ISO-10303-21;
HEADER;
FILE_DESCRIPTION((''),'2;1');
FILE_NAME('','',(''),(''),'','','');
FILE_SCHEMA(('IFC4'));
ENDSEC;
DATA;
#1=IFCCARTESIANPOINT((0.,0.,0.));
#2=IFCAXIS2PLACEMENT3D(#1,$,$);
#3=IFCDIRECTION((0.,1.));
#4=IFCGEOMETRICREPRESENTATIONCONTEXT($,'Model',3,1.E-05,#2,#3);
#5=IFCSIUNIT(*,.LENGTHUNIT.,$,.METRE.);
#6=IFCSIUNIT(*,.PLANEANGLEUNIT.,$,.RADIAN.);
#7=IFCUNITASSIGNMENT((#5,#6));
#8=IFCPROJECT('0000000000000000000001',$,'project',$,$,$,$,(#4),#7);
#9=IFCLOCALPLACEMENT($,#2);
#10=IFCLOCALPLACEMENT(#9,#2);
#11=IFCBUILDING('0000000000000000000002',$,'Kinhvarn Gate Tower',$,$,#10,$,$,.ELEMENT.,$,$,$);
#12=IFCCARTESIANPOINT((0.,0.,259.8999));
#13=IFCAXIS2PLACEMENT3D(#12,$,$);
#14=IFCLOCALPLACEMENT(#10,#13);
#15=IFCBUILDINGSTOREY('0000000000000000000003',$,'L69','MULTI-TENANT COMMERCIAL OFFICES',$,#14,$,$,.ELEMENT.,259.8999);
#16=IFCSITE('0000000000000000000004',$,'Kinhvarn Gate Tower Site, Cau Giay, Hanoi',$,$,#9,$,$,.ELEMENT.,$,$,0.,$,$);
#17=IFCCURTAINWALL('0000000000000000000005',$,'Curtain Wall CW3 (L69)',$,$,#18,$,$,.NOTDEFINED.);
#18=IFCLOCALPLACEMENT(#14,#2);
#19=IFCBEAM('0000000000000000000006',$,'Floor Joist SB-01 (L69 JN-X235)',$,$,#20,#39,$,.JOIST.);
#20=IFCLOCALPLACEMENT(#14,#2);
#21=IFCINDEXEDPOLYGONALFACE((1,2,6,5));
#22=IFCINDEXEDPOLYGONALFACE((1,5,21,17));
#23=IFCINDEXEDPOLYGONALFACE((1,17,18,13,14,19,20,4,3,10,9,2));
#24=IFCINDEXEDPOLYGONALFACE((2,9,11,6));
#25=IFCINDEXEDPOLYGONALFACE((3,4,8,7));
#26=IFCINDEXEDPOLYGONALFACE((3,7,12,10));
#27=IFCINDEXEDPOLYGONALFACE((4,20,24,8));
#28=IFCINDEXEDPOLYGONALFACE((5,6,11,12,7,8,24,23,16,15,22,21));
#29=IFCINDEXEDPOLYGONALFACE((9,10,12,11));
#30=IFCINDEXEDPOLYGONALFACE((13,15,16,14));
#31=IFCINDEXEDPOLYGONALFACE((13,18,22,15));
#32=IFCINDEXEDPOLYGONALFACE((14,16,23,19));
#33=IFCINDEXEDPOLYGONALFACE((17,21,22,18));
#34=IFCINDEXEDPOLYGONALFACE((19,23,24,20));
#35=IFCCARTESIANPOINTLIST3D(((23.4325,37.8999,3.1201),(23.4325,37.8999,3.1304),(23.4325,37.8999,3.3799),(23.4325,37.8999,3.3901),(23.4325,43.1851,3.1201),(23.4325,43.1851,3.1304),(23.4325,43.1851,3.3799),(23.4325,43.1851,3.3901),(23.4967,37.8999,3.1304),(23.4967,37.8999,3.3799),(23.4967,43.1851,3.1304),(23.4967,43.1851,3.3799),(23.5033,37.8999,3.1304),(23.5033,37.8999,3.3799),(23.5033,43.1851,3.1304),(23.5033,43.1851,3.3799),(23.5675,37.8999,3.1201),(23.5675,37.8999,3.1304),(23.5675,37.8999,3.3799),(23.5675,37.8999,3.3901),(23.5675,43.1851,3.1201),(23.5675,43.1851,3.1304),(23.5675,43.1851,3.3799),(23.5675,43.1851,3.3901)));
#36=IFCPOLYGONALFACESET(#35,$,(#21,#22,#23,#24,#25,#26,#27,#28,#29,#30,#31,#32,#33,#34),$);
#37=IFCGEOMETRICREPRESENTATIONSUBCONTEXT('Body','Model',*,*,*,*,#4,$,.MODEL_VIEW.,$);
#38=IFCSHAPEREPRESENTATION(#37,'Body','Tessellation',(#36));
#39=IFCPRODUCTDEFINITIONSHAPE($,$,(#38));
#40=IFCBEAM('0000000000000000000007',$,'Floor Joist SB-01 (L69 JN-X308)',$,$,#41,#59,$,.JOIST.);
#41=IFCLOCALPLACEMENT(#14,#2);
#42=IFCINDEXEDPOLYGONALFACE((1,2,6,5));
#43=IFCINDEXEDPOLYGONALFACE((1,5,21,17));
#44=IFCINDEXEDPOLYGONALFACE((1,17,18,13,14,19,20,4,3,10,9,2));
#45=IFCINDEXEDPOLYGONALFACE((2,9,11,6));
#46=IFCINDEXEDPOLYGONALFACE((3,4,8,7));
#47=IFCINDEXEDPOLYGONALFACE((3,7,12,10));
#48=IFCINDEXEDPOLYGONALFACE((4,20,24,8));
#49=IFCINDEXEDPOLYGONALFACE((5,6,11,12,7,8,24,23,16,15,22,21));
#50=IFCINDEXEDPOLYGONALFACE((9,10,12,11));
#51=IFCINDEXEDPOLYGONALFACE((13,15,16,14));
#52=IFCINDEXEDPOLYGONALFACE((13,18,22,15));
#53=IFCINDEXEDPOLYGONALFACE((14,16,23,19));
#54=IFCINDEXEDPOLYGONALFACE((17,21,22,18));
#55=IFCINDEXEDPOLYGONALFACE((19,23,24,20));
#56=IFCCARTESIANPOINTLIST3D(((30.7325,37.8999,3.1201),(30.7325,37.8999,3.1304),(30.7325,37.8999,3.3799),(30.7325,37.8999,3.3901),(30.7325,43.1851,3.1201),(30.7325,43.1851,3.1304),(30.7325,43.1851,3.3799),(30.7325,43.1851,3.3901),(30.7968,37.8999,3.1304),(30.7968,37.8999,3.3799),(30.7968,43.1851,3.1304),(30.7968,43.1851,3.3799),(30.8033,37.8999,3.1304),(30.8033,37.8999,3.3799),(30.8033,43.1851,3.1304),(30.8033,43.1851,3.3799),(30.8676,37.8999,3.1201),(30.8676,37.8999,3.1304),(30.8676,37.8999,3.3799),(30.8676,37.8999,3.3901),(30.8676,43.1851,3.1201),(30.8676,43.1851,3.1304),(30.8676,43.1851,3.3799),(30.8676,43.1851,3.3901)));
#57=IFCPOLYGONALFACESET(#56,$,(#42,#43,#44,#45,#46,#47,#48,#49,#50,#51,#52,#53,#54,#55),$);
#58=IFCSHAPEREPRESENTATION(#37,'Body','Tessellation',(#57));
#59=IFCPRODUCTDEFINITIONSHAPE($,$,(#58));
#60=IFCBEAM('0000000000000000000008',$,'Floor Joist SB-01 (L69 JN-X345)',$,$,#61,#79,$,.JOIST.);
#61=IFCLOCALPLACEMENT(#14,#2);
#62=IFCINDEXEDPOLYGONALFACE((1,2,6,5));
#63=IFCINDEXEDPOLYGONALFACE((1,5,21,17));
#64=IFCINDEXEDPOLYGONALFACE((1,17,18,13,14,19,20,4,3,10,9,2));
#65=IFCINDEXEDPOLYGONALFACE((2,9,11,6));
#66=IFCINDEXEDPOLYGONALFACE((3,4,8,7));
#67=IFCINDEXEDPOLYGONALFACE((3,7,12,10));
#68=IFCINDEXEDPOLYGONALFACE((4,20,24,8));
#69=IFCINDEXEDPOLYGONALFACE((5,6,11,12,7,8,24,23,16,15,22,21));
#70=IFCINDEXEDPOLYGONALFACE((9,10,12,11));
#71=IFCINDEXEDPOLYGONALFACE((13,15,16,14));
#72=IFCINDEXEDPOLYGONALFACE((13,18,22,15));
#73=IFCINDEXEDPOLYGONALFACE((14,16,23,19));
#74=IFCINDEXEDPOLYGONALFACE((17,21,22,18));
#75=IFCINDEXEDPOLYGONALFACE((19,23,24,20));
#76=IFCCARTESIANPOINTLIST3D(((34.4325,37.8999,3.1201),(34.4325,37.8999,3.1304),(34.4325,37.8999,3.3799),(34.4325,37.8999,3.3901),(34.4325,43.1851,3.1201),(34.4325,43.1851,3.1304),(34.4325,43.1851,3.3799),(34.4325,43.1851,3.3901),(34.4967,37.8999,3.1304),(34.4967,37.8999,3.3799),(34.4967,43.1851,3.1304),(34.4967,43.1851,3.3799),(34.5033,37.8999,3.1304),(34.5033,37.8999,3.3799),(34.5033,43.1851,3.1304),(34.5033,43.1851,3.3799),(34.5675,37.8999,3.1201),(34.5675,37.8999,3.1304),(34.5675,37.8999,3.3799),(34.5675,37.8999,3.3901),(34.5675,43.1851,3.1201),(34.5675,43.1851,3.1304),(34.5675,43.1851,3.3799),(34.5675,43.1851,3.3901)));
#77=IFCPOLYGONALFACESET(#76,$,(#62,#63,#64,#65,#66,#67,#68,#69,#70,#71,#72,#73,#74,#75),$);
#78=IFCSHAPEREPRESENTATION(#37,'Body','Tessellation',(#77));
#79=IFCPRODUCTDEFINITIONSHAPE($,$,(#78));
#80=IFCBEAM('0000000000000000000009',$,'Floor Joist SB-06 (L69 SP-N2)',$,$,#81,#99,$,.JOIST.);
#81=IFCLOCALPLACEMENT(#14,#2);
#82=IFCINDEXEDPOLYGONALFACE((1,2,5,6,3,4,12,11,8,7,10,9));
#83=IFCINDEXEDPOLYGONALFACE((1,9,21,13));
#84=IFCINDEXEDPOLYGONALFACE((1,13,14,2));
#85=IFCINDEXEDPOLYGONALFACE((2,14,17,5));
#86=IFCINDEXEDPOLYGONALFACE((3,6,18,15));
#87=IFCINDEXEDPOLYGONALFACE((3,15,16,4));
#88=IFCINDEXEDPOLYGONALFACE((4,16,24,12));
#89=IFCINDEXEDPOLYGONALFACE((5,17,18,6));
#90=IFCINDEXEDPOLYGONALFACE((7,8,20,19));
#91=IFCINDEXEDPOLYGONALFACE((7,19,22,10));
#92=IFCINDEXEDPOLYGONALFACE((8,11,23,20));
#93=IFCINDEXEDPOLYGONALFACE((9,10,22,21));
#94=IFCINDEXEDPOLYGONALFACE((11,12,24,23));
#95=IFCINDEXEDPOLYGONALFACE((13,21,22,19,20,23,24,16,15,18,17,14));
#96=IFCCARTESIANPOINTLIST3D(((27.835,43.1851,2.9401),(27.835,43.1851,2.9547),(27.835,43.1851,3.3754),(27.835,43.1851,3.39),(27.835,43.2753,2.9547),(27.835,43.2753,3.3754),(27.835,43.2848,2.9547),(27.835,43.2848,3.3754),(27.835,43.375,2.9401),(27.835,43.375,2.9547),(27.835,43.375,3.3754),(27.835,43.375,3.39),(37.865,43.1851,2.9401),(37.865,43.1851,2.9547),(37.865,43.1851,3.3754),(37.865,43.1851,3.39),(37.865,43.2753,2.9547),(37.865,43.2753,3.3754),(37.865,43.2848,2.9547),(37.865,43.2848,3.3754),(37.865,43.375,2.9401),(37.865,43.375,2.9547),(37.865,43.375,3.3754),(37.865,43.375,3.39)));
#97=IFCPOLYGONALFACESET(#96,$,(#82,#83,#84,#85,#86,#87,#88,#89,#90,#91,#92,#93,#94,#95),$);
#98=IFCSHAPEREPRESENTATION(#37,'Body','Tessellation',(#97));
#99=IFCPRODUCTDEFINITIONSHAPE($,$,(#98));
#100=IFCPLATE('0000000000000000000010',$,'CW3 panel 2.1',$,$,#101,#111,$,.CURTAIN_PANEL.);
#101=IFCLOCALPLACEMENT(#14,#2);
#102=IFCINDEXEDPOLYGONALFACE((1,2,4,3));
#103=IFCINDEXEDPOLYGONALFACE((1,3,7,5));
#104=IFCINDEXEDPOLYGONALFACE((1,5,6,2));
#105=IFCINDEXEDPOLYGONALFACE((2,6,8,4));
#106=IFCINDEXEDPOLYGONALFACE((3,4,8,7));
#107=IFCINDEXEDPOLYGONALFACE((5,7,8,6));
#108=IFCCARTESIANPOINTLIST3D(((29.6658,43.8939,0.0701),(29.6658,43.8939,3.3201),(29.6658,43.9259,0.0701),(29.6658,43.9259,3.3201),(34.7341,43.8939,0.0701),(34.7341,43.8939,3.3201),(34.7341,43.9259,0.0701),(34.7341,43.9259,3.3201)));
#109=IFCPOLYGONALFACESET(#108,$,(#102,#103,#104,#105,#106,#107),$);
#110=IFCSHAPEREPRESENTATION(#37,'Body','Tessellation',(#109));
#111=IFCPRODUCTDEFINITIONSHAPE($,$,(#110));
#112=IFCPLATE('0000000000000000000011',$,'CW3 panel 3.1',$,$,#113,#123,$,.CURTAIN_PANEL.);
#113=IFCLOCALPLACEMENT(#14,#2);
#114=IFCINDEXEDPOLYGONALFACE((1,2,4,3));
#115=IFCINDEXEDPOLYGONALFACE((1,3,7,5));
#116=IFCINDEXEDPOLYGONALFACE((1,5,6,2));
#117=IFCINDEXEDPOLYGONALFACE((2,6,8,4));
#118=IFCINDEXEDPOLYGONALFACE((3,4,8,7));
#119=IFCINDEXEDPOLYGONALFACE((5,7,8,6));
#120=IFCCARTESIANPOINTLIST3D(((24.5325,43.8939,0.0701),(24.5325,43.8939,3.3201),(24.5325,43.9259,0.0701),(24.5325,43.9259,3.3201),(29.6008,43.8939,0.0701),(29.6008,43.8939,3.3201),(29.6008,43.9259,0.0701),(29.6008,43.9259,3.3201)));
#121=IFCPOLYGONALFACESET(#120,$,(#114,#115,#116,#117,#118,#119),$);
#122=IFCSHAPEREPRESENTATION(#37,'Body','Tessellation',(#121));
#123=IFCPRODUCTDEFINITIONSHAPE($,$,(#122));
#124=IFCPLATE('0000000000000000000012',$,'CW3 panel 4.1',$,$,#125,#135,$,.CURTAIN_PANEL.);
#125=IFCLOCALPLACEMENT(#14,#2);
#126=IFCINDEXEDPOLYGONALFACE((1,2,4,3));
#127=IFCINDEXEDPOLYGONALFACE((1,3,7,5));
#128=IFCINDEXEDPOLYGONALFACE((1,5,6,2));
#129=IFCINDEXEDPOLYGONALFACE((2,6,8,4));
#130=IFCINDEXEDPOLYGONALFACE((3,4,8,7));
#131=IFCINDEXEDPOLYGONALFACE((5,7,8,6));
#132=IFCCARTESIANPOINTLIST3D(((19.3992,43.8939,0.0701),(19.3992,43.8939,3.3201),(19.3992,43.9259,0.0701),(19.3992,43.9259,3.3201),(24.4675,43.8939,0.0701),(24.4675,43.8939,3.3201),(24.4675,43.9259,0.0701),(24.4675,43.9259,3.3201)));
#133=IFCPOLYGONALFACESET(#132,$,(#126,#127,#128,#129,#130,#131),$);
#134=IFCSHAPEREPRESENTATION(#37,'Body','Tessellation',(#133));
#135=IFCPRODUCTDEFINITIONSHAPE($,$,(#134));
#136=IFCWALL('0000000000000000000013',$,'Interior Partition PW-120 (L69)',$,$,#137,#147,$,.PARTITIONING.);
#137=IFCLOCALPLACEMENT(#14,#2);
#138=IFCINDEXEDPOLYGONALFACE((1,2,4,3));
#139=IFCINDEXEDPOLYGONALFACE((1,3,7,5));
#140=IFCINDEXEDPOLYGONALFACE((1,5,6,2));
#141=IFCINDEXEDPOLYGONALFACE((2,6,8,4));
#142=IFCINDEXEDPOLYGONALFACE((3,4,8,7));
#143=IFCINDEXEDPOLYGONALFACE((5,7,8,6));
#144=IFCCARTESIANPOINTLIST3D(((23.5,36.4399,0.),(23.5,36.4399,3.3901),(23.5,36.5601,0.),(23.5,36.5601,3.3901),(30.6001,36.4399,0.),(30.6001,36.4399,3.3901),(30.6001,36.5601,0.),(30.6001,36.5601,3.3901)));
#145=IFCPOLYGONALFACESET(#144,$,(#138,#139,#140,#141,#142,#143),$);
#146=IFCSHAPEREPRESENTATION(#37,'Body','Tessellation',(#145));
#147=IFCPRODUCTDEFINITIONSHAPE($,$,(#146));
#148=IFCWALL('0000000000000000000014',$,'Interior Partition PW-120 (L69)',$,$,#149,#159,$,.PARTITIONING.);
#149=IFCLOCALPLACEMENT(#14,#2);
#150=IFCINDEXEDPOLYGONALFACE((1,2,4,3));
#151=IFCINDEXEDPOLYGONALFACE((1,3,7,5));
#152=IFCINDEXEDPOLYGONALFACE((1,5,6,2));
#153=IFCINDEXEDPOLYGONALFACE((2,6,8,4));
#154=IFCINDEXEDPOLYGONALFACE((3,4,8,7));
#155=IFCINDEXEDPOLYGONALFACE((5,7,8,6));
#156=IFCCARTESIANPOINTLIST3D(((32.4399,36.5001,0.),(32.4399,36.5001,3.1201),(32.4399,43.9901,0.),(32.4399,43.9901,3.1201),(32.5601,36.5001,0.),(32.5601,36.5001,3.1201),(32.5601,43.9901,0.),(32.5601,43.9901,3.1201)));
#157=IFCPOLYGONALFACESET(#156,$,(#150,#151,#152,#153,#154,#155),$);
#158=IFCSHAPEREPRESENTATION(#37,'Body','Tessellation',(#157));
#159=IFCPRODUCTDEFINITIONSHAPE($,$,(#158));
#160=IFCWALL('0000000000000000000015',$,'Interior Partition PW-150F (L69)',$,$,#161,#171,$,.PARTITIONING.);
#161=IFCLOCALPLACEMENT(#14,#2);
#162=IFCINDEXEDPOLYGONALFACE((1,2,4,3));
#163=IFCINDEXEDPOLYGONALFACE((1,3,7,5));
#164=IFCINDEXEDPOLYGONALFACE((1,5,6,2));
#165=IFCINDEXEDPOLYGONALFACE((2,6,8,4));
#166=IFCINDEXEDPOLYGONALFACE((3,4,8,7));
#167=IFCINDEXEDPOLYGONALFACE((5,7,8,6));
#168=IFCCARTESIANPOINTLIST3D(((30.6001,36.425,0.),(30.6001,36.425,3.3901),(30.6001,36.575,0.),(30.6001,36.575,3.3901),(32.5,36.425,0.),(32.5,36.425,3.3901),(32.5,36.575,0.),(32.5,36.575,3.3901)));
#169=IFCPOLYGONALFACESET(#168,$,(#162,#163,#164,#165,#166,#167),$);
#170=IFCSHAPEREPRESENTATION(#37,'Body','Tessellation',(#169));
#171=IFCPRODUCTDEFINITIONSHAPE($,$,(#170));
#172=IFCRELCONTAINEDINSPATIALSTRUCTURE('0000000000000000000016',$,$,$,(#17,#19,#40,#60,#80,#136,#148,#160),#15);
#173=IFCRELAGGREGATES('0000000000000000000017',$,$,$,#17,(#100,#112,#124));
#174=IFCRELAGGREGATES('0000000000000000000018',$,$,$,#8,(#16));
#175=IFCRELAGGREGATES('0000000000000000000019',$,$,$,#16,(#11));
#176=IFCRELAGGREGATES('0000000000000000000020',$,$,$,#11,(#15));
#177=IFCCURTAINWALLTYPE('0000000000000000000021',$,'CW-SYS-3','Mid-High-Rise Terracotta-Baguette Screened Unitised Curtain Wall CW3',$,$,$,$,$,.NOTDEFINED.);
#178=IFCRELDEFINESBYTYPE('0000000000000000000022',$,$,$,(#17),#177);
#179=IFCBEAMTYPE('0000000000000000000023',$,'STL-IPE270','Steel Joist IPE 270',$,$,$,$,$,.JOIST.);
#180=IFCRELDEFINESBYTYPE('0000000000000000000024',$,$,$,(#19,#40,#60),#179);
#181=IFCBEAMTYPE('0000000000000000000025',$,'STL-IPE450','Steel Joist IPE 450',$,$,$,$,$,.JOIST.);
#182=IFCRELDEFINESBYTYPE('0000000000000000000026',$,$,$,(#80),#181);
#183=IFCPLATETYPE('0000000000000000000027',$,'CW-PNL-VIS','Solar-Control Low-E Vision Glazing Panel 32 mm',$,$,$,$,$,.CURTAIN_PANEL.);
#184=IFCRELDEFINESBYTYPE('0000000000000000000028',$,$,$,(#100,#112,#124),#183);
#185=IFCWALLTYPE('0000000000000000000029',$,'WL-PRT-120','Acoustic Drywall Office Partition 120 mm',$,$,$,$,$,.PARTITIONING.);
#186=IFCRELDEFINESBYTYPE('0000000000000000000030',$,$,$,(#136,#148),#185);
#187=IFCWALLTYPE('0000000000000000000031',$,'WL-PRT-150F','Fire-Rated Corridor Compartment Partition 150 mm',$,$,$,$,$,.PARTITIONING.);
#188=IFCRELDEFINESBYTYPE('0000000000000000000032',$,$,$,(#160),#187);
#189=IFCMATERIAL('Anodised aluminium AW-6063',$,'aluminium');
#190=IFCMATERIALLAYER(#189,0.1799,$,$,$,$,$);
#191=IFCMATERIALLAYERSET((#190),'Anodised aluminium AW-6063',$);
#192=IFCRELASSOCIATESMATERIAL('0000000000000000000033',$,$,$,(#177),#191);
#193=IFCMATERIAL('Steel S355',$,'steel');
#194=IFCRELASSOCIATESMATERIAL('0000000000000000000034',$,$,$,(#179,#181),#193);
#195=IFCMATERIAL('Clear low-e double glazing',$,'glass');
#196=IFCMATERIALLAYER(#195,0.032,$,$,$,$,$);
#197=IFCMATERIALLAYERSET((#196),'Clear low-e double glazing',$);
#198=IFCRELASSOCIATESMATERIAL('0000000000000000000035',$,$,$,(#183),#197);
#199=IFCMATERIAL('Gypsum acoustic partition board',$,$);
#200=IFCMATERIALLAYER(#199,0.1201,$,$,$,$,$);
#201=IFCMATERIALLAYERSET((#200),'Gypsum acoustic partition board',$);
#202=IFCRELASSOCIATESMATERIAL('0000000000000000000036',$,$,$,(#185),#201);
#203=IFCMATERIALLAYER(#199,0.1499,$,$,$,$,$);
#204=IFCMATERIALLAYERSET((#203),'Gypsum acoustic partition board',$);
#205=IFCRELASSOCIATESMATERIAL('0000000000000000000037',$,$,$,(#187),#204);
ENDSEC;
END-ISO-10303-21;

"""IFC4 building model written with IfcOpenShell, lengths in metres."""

from ifc_helpers import new_model, si_unit, direction, frame, frame_2d, origin, origin_2d, place, context, subcontext, project, spatial, rectangle, i_section, extrude, material, layer, layer_set, material_profile, profile_set, type_object, element, aggregate, save


model = new_model("IFC4")

# Units and contexts
model_context = context("Model", 3, precision=1e-05, world=origin(), true_north=direction((0.0, 1.0)))
body_context = subcontext(model_context, "Body", "Model", "MODEL_VIEW")
ifc_project = project(units=[si_unit("LENGTHUNIT", "METRE"), si_unit("PLANEANGLEUNIT", "RADIAN")], contexts=[model_context])

# Site, building, storey
site_placement = place(None, origin())
site = spatial("IfcSite", under=ifc_project, at=site_placement, Name="Kinhvarn Gate Tower Site, Cau Giay, Hanoi", CompositionType="ELEMENT", RefElevation=0.0)
building_placement = place(site_placement, origin())
building = spatial("IfcBuilding", under=site, at=building_placement, Name="Kinhvarn Gate Tower", CompositionType="ELEMENT")
storey_placement = place(building_placement, frame((0.0, 0.0, 259.8999)))
storey = spatial("IfcBuildingStorey", under=building, at=storey_placement, Name="L69", Description="MULTI-TENANT COMMERCIAL OFFICES", CompositionType="ELEMENT", Elevation=259.8999)

# Curtain wall
ifc_material_1 = material(Name="Anodised aluminium AW-6063", Category="aluminium")
ifc_layer_1 = layer(ifc_material_1, 0.1799)
ifc_layer_set_1 = layer_set([ifc_layer_1], Name="Anodised aluminium AW-6063")
curtain_wall_type = type_object("IfcCurtainWallType", Name="CW-SYS-3", Description="Mid-High-Rise Terracotta-Baguette Screened Unitised Curtain Wall CW3", PredefinedType="NOTDEFINED", material=ifc_layer_set_1)
curtain_wall_placement = place(storey_placement, origin())
curtain_wall = element("IfcCurtainWall", 1, at=curtain_wall_placement, inside=storey, type_object=curtain_wall_type, Name="Curtain Wall CW3 (L69)", PredefinedType="NOTDEFINED")

# Beams
ifc_material_2 = material(Name="Steel S355", Category="steel")
ifc_material_profile_1 = material_profile(ifc_material_2, i_section(OverallWidth=0.135, OverallDepth=0.27, WebThickness=0.0066, FlangeThickness=0.0103, at=origin_2d()), Name="IPE 270")
ifc_profile_set_1 = profile_set([ifc_material_profile_1], Name="Steel S355")
beam_type_1 = type_object("IfcBeamType", Name="STL-IPE270", Description="Steel Joist IPE 270", PredefinedType="JOIST", material=ifc_profile_set_1)
for number, where, z_axis, x_axis, name in (
    (2, (23.5, 37.8999, 3.2551), (0.0, 1.0, 0.0), (-1.0, 0.0, 0.0), "Floor Joist SB-01 (L69 JN-X235)"),
    (3, (30.8, 37.8999, 3.2551), (0.0, 1.0, 0.0), (-1.0, 0.0, 0.0), "Floor Joist SB-01 (L69 JN-X308)"),
    (4, (34.5, 37.8999, 3.2551), (0.0, 1.0, 0.0), (-1.0, 0.0, 0.0), "Floor Joist SB-01 (L69 JN-X345)"),
):
    element("IfcBeam", number, at=place(storey_placement, frame(where, z_axis=z_axis, x_axis=x_axis)), inside=storey, type_object=beam_type_1, Name=name, PredefinedType="JOIST", context=body_context, shape_type="SweptSolid", body=[
        extrude(i_section(OverallWidth=0.135, OverallDepth=0.27, WebThickness=0.0066, FlangeThickness=0.0103, at=origin_2d()), origin(), (0.0, 0.0, 1.0), 5.2852),
    ])
ifc_material_profile_2 = material_profile(ifc_material_2, i_section(OverallWidth=0.1899, OverallDepth=0.45, WebThickness=0.0095, FlangeThickness=0.0146, at=origin_2d()), Name="IPE 450")
ifc_profile_set_2 = profile_set([ifc_material_profile_2], Name="Steel S355")
beam_type_2 = type_object("IfcBeamType", Name="STL-IPE450", Description="Steel Joist IPE 450", PredefinedType="JOIST", material=ifc_profile_set_2)
beam_1_placement = place(storey_placement, frame((27.835, 43.28, 3.165), z_axis=(1.0, 0.0, 0.0), x_axis=(0.0, 1.0, 0.0)))
element("IfcBeam", 5, at=beam_1_placement, inside=storey, type_object=beam_type_2, Name="Floor Joist SB-06 (L69 SP-N2)", PredefinedType="JOIST", context=body_context, shape_type="SweptSolid", body=[
    extrude(i_section(OverallWidth=0.1899, OverallDepth=0.45, WebThickness=0.0095, FlangeThickness=0.0146, at=origin_2d()), origin(), (0.0, 0.0, 1.0), 10.03),
])

# Plates
ifc_material_3 = material(Name="Clear low-e double glazing", Category="glass")
ifc_layer_2 = layer(ifc_material_3, 0.032)
ifc_layer_set_2 = layer_set([ifc_layer_2], Name="Clear low-e double glazing")
plate_type = type_object("IfcPlateType", Name="CW-PNL-VIS", Description="Solar-Control Low-E Vision Glazing Panel 32 mm", PredefinedType="CURTAIN_PANEL", material=ifc_layer_set_2)
plate_1_placement = place(storey_placement, frame((32.2, 43.9099, 0.0701), z_axis=(0.0, 0.0, 1.0), x_axis=(-1.0, 0.0, 0.0)))
plate_1 = element("IfcPlate", 6, at=plate_1_placement, type_object=plate_type, Name="CW3 panel 2.1", PredefinedType="CURTAIN_PANEL", context=body_context, shape_type="SweptSolid", body=[
    extrude(rectangle(XDim=5.0684, YDim=0.032, at=origin_2d()), origin(), (0.0, 0.0, 1.0), 3.25),
])
plate_2_placement = place(storey_placement, frame((27.0667, 43.9099, 0.0701), z_axis=(0.0, 0.0, 1.0), x_axis=(-1.0, 0.0, 0.0)))
plate_2 = element("IfcPlate", 7, at=plate_2_placement, type_object=plate_type, Name="CW3 panel 3.1", PredefinedType="CURTAIN_PANEL", context=body_context, shape_type="SweptSolid", body=[
    extrude(rectangle(XDim=5.0684, YDim=0.032, at=origin_2d()), origin(), (0.0, 0.0, 1.0), 3.25),
])
plate_3_placement = place(storey_placement, frame((21.9333, 43.9099, 0.0701), z_axis=(0.0, 0.0, 1.0), x_axis=(-1.0, 0.0, 0.0)))
plate_3 = element("IfcPlate", 8, at=plate_3_placement, type_object=plate_type, Name="CW3 panel 4.1", PredefinedType="CURTAIN_PANEL", context=body_context, shape_type="SweptSolid", body=[
    extrude(rectangle(XDim=5.0684, YDim=0.032, at=origin_2d()), origin(), (0.0, 0.0, 1.0), 3.25),
])
aggregate(curtain_wall, [plate_1, plate_2, plate_3])

# Walls
ifc_material_4 = material(Name="Gypsum acoustic partition board")
ifc_layer_3 = layer(ifc_material_4, 0.1201)
ifc_layer_set_3 = layer_set([ifc_layer_3], Name="Gypsum acoustic partition board")
wall_type_1 = type_object("IfcWallType", Name="WL-PRT-120", Description="Acoustic Drywall Office Partition 120 mm", PredefinedType="PARTITIONING", material=ifc_layer_set_3)
wall_1_placement = place(storey_placement, frame((23.5, 36.5, 0.0), z_axis=(0.0, 0.0, 1.0), x_axis=(1.0, 0.0, 0.0)))
element("IfcWall", 9, at=wall_1_placement, inside=storey, type_object=wall_type_1, Name="Interior Partition PW-120 (L69)", PredefinedType="PARTITIONING", context=body_context, shape_type="SweptSolid", body=[
    extrude(rectangle(XDim=7.1001, YDim=0.1201, at=frame_2d((3.55, 0.0))), origin(), (0.0, 0.0, 1.0), 3.3901),
])
wall_2_placement = place(storey_placement, frame((32.5, 36.5, 0.0), z_axis=(0.0, 0.0, 1.0), x_axis=(0.0, 1.0, 0.0)))
element("IfcWall", 10, at=wall_2_placement, inside=storey, type_object=wall_type_1, Name="Interior Partition PW-120 (L69)", PredefinedType="PARTITIONING", context=body_context, shape_type="SweptSolid", body=[
    extrude(rectangle(XDim=7.49, YDim=0.1201, at=frame_2d((3.7451, 0.0))), origin(), (0.0, 0.0, 1.0), 3.1201),
])
ifc_layer_4 = layer(ifc_material_4, 0.1499)
ifc_layer_set_4 = layer_set([ifc_layer_4], Name="Gypsum acoustic partition board")
wall_type_2 = type_object("IfcWallType", Name="WL-PRT-150F", Description="Fire-Rated Corridor Compartment Partition 150 mm", PredefinedType="PARTITIONING", material=ifc_layer_set_4)
wall_3_placement = place(storey_placement, frame((30.6001, 36.5, 0.0), z_axis=(0.0, 0.0, 1.0), x_axis=(1.0, 0.0, 0.0)))
element("IfcWall", 11, at=wall_3_placement, inside=storey, type_object=wall_type_2, Name="Interior Partition PW-150F (L69)", PredefinedType="PARTITIONING", context=body_context, shape_type="SweptSolid", body=[
    extrude(rectangle(XDim=1.8999, YDim=0.1499, at=frame_2d((0.95, 0.0))), origin(), (0.0, 0.0, 1.0), 3.3901),
])

save(model, "model.ifc")
